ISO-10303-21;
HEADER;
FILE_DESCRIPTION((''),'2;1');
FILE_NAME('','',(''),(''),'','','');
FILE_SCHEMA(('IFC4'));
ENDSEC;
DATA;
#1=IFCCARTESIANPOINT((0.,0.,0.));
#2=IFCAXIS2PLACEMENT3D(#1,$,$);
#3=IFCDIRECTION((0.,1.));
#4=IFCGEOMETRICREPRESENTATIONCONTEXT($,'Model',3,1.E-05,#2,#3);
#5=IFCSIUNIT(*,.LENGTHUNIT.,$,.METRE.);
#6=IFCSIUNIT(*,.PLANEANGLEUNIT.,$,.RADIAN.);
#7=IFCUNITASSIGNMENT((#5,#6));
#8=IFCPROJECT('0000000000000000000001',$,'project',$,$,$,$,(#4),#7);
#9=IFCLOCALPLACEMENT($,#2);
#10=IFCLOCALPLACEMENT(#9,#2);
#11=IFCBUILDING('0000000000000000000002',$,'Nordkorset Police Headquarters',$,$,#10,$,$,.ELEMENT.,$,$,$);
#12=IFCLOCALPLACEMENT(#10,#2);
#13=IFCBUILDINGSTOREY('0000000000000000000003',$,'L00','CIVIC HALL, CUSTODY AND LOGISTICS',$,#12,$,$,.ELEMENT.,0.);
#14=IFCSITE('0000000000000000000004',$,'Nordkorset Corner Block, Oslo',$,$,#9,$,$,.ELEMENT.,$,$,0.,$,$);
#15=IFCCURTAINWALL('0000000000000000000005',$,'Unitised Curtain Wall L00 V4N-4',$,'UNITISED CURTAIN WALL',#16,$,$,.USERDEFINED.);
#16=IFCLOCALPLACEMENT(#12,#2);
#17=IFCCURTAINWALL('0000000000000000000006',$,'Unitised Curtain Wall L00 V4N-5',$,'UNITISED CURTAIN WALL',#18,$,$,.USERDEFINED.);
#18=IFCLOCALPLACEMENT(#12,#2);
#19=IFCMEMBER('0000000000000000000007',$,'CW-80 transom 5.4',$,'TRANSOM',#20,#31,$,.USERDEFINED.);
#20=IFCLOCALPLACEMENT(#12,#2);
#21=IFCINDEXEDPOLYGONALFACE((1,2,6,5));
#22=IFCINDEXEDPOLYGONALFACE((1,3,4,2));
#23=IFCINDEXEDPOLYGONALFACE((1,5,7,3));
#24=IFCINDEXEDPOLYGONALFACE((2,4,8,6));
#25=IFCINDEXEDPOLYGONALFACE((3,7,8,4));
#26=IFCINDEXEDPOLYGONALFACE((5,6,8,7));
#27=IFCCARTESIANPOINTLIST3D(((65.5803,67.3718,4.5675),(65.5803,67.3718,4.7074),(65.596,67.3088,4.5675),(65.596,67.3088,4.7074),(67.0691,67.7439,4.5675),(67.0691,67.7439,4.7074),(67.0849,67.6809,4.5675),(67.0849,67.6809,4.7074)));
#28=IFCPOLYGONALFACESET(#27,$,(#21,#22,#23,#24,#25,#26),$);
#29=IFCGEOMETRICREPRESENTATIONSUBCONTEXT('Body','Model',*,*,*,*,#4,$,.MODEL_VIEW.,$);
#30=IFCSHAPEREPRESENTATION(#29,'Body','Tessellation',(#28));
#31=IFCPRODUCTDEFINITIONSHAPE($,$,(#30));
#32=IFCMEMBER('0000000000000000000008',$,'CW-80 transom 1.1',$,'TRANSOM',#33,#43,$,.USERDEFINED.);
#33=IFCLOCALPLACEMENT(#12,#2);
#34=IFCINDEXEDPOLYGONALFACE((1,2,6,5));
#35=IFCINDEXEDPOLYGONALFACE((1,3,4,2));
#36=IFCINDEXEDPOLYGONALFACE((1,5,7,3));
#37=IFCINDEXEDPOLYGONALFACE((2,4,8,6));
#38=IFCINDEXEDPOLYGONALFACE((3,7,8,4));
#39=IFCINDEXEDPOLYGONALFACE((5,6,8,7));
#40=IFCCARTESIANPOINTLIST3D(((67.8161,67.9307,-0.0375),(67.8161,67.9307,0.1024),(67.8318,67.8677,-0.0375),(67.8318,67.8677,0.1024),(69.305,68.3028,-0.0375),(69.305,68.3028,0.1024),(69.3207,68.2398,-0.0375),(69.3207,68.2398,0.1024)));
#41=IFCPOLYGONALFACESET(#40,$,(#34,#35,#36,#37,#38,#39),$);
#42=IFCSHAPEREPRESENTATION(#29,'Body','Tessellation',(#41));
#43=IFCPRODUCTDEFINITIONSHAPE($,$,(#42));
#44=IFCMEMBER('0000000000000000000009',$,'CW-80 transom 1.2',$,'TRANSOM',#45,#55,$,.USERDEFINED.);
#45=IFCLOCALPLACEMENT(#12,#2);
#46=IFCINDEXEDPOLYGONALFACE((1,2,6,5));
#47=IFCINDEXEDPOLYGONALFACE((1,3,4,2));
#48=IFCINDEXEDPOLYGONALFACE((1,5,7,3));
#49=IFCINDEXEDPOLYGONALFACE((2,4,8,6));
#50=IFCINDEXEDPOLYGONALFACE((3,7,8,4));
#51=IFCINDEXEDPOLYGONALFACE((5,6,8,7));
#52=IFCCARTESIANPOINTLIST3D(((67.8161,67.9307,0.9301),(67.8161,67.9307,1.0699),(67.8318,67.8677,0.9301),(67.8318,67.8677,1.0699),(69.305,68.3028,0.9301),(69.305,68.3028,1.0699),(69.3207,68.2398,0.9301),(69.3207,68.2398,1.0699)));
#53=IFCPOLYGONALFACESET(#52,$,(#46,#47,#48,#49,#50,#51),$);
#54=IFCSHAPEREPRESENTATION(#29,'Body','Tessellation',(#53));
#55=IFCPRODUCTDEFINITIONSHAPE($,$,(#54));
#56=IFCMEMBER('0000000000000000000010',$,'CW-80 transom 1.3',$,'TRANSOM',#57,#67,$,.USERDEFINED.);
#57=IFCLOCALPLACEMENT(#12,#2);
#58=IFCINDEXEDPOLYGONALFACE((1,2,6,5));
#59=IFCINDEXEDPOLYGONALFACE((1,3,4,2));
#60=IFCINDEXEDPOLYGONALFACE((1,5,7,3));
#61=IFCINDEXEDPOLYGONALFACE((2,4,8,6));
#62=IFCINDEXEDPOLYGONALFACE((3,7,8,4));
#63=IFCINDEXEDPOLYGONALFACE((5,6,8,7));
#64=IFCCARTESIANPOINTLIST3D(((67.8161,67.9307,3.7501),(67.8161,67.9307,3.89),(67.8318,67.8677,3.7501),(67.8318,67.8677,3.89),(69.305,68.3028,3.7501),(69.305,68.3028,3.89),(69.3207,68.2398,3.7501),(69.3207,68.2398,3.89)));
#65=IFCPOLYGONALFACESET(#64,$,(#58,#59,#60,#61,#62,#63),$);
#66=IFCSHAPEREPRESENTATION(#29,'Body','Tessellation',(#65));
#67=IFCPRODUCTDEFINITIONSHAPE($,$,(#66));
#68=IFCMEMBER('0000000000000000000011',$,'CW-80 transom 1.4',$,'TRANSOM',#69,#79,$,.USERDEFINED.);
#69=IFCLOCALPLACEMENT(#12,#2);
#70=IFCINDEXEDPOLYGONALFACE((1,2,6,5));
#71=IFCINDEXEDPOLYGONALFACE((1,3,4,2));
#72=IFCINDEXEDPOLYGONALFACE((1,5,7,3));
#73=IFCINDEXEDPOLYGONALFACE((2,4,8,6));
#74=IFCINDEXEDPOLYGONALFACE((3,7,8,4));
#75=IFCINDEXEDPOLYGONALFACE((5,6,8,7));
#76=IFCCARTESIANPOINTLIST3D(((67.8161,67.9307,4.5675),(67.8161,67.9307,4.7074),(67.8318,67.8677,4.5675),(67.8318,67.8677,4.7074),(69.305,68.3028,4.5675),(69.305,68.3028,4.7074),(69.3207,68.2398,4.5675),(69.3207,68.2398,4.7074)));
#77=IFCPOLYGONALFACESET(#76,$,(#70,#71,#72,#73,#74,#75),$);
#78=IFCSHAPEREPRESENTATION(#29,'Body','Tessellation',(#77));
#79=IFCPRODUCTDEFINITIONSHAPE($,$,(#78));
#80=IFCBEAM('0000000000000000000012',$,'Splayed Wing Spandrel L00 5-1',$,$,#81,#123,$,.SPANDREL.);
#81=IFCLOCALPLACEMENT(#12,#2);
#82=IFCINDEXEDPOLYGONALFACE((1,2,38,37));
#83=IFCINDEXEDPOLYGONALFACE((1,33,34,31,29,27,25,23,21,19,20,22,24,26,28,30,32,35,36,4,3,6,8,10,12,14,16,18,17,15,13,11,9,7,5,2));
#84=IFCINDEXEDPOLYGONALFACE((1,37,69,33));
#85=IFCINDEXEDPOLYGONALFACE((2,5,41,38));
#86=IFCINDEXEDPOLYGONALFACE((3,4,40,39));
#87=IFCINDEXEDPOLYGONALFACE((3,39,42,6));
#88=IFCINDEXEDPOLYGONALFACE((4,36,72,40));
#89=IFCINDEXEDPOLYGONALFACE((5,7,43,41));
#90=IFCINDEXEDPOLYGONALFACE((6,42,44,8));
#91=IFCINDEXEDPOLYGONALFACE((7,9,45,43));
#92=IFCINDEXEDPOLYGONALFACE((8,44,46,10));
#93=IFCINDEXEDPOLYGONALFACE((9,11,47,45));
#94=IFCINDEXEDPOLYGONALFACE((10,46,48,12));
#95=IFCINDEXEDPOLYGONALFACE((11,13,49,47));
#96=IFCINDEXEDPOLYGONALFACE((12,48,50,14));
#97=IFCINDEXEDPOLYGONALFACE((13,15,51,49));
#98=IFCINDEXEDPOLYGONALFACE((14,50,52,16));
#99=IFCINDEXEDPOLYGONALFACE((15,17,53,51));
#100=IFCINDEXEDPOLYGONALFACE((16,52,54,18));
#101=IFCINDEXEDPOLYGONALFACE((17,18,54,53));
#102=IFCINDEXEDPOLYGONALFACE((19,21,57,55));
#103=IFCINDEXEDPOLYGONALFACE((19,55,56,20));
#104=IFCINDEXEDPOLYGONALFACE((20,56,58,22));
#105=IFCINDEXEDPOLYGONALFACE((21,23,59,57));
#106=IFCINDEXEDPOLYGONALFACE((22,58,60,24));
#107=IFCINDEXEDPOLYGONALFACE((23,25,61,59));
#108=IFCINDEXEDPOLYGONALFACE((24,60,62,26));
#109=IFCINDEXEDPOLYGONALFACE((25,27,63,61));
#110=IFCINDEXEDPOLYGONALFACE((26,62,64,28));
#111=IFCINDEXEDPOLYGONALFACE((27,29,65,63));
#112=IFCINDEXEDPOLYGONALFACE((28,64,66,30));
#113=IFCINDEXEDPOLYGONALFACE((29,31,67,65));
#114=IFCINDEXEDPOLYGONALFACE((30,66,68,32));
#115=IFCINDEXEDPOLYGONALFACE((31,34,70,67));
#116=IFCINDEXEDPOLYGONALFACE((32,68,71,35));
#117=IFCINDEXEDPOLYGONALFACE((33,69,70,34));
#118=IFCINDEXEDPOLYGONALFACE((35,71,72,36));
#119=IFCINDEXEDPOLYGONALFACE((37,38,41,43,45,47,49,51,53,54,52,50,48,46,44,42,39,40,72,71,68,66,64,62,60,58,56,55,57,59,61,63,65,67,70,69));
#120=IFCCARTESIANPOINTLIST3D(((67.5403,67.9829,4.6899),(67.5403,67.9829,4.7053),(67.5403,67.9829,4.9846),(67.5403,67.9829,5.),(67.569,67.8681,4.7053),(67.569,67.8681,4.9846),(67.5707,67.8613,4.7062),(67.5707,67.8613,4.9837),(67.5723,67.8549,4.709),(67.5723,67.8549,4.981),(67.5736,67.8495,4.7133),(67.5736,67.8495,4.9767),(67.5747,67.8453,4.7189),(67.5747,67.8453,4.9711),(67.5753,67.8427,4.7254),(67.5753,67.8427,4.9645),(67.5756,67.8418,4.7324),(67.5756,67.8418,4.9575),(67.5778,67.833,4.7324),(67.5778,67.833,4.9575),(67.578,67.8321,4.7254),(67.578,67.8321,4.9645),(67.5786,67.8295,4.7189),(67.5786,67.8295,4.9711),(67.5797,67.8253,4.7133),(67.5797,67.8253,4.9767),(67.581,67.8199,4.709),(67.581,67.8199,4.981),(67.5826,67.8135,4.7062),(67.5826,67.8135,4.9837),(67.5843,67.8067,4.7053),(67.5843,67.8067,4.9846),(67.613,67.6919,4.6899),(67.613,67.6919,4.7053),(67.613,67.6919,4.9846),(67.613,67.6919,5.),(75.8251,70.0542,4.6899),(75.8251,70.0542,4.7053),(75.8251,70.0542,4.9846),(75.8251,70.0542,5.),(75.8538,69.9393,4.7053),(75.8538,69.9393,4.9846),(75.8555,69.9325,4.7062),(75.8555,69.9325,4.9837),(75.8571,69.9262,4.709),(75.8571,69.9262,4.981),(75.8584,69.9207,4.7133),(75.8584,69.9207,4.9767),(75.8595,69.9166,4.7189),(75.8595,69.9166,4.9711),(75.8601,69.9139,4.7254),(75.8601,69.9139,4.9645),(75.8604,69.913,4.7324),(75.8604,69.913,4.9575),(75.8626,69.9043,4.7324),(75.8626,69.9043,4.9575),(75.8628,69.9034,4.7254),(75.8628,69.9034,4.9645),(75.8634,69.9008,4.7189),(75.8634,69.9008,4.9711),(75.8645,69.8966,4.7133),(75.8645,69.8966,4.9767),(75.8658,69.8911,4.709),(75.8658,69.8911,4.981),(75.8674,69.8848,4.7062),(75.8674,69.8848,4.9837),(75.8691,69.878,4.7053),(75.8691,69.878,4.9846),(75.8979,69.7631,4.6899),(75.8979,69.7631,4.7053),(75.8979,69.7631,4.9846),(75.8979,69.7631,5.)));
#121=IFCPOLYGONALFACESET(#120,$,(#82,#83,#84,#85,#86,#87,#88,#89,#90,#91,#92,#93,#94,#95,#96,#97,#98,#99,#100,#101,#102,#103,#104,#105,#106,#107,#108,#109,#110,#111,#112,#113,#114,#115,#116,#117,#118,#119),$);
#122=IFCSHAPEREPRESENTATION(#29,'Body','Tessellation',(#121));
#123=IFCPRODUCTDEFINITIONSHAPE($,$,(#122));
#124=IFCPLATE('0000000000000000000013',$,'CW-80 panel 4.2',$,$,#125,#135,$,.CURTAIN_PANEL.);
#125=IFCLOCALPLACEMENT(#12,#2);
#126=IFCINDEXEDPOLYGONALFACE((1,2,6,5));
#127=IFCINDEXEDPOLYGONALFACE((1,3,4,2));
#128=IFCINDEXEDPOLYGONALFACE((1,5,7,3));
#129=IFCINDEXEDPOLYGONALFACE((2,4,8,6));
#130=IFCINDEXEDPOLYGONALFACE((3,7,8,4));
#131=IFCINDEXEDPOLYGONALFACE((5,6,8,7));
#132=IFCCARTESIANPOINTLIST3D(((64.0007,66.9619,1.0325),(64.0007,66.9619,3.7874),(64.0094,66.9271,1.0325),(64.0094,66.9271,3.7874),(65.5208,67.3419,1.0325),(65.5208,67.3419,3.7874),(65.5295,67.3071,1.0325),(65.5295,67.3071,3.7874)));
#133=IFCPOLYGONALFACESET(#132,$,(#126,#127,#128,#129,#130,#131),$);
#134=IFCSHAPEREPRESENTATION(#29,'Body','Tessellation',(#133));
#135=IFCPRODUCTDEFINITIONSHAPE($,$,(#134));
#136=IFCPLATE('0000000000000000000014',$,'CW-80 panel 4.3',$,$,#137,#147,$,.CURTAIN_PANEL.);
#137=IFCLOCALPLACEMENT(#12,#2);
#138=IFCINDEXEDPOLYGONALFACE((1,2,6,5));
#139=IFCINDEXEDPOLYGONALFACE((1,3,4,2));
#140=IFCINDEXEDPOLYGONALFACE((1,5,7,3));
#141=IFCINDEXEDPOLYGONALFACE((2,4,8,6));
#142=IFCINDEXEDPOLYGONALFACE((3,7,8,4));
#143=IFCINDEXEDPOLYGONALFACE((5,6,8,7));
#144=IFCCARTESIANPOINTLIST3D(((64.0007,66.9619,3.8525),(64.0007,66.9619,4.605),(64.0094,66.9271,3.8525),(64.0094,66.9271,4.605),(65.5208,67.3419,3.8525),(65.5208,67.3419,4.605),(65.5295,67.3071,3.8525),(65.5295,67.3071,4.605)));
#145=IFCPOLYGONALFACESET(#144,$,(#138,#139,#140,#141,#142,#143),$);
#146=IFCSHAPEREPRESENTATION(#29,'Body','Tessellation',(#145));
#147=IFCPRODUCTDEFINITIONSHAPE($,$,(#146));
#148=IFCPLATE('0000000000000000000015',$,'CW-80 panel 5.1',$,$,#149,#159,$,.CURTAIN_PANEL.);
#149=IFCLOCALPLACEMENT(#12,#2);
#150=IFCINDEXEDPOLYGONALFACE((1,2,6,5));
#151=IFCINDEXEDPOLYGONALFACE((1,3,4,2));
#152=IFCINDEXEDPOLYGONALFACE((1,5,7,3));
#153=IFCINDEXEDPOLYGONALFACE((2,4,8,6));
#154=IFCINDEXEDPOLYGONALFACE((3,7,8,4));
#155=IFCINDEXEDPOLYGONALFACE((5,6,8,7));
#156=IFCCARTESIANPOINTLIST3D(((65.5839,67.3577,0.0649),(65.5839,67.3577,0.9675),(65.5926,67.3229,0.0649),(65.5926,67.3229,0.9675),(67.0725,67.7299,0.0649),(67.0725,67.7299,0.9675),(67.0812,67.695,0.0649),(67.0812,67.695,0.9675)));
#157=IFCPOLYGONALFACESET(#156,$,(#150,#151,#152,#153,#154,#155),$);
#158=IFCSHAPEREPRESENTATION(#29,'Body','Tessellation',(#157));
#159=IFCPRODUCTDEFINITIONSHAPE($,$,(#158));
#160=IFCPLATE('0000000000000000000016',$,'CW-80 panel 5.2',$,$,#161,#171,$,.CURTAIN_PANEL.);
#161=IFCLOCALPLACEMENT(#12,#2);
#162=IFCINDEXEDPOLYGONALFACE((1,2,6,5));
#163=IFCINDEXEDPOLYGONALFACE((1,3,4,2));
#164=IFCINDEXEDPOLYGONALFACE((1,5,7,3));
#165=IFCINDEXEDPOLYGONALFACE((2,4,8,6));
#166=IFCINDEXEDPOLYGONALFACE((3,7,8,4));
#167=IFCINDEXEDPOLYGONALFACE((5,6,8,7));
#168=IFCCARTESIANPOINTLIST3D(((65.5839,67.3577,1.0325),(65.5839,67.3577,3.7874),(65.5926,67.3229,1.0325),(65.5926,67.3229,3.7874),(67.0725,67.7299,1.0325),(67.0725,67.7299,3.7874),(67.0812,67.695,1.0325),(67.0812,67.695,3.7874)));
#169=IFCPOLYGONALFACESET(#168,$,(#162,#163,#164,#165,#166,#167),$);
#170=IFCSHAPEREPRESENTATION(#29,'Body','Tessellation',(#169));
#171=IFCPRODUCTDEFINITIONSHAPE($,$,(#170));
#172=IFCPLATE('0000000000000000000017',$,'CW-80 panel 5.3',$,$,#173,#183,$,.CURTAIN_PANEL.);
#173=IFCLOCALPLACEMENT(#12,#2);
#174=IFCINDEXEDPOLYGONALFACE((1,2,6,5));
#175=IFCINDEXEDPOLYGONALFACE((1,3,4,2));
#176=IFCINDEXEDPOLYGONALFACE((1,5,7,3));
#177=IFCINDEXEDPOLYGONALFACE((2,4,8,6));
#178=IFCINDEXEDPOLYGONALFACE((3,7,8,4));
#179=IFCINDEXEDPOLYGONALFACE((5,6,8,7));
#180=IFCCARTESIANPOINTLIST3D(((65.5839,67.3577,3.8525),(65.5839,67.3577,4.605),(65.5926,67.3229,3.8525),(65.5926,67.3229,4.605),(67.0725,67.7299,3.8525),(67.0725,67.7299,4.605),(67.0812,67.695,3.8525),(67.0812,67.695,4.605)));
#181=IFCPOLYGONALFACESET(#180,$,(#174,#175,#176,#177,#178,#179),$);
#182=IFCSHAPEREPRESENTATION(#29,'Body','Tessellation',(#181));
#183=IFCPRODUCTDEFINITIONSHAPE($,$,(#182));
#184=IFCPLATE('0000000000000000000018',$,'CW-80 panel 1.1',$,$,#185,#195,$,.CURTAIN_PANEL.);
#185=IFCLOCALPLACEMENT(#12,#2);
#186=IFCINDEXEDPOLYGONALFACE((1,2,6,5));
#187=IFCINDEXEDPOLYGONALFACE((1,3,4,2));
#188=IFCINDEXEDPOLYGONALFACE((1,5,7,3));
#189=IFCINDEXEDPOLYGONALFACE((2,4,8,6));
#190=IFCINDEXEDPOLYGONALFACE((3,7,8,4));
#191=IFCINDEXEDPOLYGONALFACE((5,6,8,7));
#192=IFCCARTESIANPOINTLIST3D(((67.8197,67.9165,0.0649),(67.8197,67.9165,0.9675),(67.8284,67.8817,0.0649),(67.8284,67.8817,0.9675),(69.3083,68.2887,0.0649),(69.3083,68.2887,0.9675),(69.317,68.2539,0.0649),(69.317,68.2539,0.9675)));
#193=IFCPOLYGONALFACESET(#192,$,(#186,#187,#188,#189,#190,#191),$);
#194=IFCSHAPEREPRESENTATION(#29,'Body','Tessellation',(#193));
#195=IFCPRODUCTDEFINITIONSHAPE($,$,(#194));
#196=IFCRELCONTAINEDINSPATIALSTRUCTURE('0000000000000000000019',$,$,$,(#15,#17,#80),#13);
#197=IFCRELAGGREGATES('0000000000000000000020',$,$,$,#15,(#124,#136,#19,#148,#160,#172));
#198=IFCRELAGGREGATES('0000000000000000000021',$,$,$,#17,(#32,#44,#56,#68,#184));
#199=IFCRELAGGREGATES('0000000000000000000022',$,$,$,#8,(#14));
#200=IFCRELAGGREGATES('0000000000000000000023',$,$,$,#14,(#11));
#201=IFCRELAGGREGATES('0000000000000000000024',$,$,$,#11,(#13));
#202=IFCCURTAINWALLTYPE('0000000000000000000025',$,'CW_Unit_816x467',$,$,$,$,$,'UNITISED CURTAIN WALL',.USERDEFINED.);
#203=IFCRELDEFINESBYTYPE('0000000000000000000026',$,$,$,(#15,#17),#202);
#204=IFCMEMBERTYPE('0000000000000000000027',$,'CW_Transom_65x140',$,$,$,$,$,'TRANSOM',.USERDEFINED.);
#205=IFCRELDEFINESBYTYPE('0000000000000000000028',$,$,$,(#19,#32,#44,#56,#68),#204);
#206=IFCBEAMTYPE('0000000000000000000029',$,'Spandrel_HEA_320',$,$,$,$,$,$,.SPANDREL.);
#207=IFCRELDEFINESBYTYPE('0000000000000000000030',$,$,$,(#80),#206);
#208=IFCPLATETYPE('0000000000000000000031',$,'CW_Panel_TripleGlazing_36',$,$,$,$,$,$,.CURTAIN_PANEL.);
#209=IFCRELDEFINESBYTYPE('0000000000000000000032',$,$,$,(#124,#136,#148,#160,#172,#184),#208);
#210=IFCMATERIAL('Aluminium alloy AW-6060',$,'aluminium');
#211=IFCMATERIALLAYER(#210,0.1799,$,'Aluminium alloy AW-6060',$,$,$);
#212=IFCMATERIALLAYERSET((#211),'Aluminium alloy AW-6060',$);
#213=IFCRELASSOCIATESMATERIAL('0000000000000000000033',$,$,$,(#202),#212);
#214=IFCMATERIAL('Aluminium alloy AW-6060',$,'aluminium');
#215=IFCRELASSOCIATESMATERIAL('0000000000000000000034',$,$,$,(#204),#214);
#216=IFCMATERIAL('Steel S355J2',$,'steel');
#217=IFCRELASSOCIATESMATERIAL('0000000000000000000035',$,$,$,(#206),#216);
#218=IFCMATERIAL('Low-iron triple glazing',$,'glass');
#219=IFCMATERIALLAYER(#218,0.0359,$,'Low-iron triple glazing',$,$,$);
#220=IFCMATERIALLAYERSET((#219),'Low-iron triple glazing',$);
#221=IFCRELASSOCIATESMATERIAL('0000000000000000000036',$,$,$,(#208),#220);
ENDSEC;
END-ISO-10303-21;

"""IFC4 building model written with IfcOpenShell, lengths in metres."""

from ifc_helpers import new_model, si_unit, direction, frame, origin, origin_2d, place, context, subcontext, project, spatial, rectangle, i_section, extrude, material, layer, layer_set, material_profile, profile_set, type_object, element, aggregate, save


model = new_model("IFC4")

# Units and contexts
model_context = context("Model", 3, precision=1e-05, world=origin(), true_north=direction((0.0, 1.0)))
body_context = subcontext(model_context, "Body", "Model", "MODEL_VIEW")
ifc_project = project(units=[si_unit("LENGTHUNIT", "METRE"), si_unit("PLANEANGLEUNIT", "RADIAN")], contexts=[model_context])

# Site, building, storey
site_placement = place(None, origin())
site = spatial("IfcSite", under=ifc_project, at=site_placement, Name="Nordkorset Corner Block, Oslo", CompositionType="ELEMENT", RefElevation=0.0)
building_placement = place(site_placement, origin())
building = spatial("IfcBuilding", under=site, at=building_placement, Name="Nordkorset Police Headquarters", CompositionType="ELEMENT")
storey_placement = place(building_placement, origin())
storey = spatial("IfcBuildingStorey", under=building, at=storey_placement, Name="L00", Description="CIVIC HALL, CUSTODY AND LOGISTICS", CompositionType="ELEMENT", Elevation=0.0)

# Curtain walls
ifc_material_1 = material(Name="Aluminium alloy AW-6060", Category="aluminium")
ifc_layer_1 = layer(ifc_material_1, 0.1799, Name="Aluminium alloy AW-6060")
ifc_layer_set_1 = layer_set([ifc_layer_1], Name="Aluminium alloy AW-6060")
curtain_wall_type = type_object("IfcCurtainWallType", Name="CW_Unit_816x467", ElementType="UNITISED CURTAIN WALL", PredefinedType="USERDEFINED", material=ifc_layer_set_1)
curtain_wall_1_placement = place(storey_placement, origin())
curtain_wall_1 = element("IfcCurtainWall", 1, at=curtain_wall_1_placement, inside=storey, type_object=curtain_wall_type, Name="Unitised Curtain Wall L00 V4N-4", ObjectType="UNITISED CURTAIN WALL", PredefinedType="USERDEFINED")
curtain_wall_2_placement = place(storey_placement, origin())
curtain_wall_2 = element("IfcCurtainWall", 2, at=curtain_wall_2_placement, inside=storey, type_object=curtain_wall_type, Name="Unitised Curtain Wall L00 V4N-5", ObjectType="UNITISED CURTAIN WALL", PredefinedType="USERDEFINED")

# Members
ifc_material_2 = material(Name="Aluminium alloy AW-6060", Category="aluminium")
ifc_material_profile_1 = material_profile(ifc_material_2, rectangle(XDim=0.0649, YDim=0.1399, at=origin_2d()), Name="ALU TRAN 65x140")
ifc_profile_set_1 = profile_set([ifc_material_profile_1], Name="Aluminium alloy AW-6060")
member_type_1 = type_object("IfcMemberType", Name="CW_Transom_65x140", ElementType="TRANSOM", PredefinedType="USERDEFINED", material=ifc_profile_set_1)
member_1_placement = place(storey_placement, frame((65.5881, 67.3403, 4.6375), z_axis=(0.970161, 0.242461, 0.0), x_axis=(-0.242461, 0.970161, 0.0)))
member_1 = element("IfcMember", 3, at=member_1_placement, type_object=member_type_1, Name="CW-80 transom 5.4", ObjectType="TRANSOM", PredefinedType="USERDEFINED", context=body_context, shape_type="SweptSolid", body=[
    extrude(rectangle(XDim=0.0649, YDim=0.1399, at=origin_2d()), origin(), (0.0, 0.0, 1.0), 1.5347),
])
member_2_placement = place(storey_placement, frame((67.824, 67.8992, 0.0325), z_axis=(0.970161, 0.242461, 0.0), x_axis=(-0.242461, 0.970161, 0.0)))
member_2 = element("IfcMember", 4, at=member_2_placement, type_object=member_type_1, Name="CW-80 transom 1.1", ObjectType="TRANSOM", PredefinedType="USERDEFINED", context=body_context, shape_type="SweptSolid", body=[
    extrude(rectangle(XDim=0.0649, YDim=0.1399, at=origin_2d()), origin(), (0.0, 0.0, 1.0), 1.5347),
])
member_3_placement = place(storey_placement, frame((67.824, 67.8992, 1.0), z_axis=(0.970161, 0.242461, 0.0), x_axis=(-0.242461, 0.970161, 0.0)))
member_3 = element("IfcMember", 5, at=member_3_placement, type_object=member_type_1, Name="CW-80 transom 1.2", ObjectType="TRANSOM", PredefinedType="USERDEFINED", context=body_context, shape_type="SweptSolid", body=[
    extrude(rectangle(XDim=0.0649, YDim=0.1399, at=origin_2d()), origin(), (0.0, 0.0, 1.0), 1.5347),
])
member_4_placement = place(storey_placement, frame((67.824, 67.8992, 3.8201), z_axis=(0.970161, 0.242461, 0.0), x_axis=(-0.242461, 0.970161, 0.0)))
member_4 = element("IfcMember", 6, at=member_4_placement, type_object=member_type_1, Name="CW-80 transom 1.3", ObjectType="TRANSOM", PredefinedType="USERDEFINED", context=body_context, shape_type="SweptSolid", body=[
    extrude(rectangle(XDim=0.0649, YDim=0.1399, at=origin_2d()), origin(), (0.0, 0.0, 1.0), 1.5347),
])
member_5_placement = place(storey_placement, frame((67.824, 67.8992, 4.6375), z_axis=(0.970161, 0.242461, 0.0), x_axis=(-0.242461, 0.970161, 0.0)))
member_5 = element("IfcMember", 7, at=member_5_placement, type_object=member_type_1, Name="CW-80 transom 1.4", ObjectType="TRANSOM", PredefinedType="USERDEFINED", context=body_context, shape_type="SweptSolid", body=[
    extrude(rectangle(XDim=0.0649, YDim=0.1399, at=origin_2d()), origin(), (0.0, 0.0, 1.0), 1.5347),
])

# Beam
ifc_material_3 = material(Name="Steel S355J2", Category="steel")
ifc_material_profile_2 = material_profile(ifc_material_3, i_section(OverallWidth=0.3, OverallDepth=0.3101, WebThickness=0.009, FlangeThickness=0.0154, FilletRadius=0.0271, at=origin_2d()), Name="HEA 320")
ifc_profile_set_2 = profile_set([ifc_material_profile_2], Name="Steel S355J2")
beam_type_1 = type_object("IfcBeamType", Name="Spandrel_HEA_320", PredefinedType="SPANDREL", material=ifc_profile_set_2)
beam_1_placement = place(storey_placement, frame((67.5767, 67.8374, 4.845), z_axis=(0.970141, 0.242542, 0.0), x_axis=(-0.242542, 0.970141, 0.0)))
element("IfcBeam", 8, at=beam_1_placement, inside=storey, type_object=beam_type_1, Name="Splayed Wing Spandrel L00 5-1", PredefinedType="SPANDREL", context=body_context, shape_type="SweptSolid", body=[
    extrude(i_section(OverallWidth=0.3, OverallDepth=0.3101, WebThickness=0.009, FlangeThickness=0.0154, FilletRadius=0.0271, at=origin_2d()), origin(), (0.0, 0.0, 1.0), 8.5398),
])

# Plates
ifc_material_4 = material(Name="Low-iron triple glazing", Category="glass")
ifc_layer_2 = layer(ifc_material_4, 0.0359, Name="Low-iron triple glazing")
ifc_layer_set_2 = layer_set([ifc_layer_2], Name="Low-iron triple glazing")
plate_type = type_object("IfcPlateType", Name="CW_Panel_TripleGlazing_36", PredefinedType="CURTAIN_PANEL", material=ifc_layer_set_2)
plate_1_placement = place(storey_placement, frame((64.7651, 67.1345, 1.0325), z_axis=(0.0, 0.0, 1.0), x_axis=(0.970143, 0.242535, 0.0)))
plate_1 = element("IfcPlate", 9, at=plate_1_placement, type_object=plate_type, Name="CW-80 panel 4.2", PredefinedType="CURTAIN_PANEL", context=body_context, shape_type="SweptSolid", body=[
    extrude(rectangle(XDim=1.5669, YDim=0.0359, at=origin_2d()), origin(), (0.0, 0.0, 1.0), 2.7549),
])
plate_2_placement = place(storey_placement, frame((64.7651, 67.1345, 3.8525), z_axis=(0.0, 0.0, 1.0), x_axis=(0.970143, 0.242535, 0.0)))
plate_2 = element("IfcPlate", 10, at=plate_2_placement, type_object=plate_type, Name="CW-80 panel 4.3", PredefinedType="CURTAIN_PANEL", context=body_context, shape_type="SweptSolid", body=[
    extrude(rectangle(XDim=1.5669, YDim=0.0359, at=origin_2d()), origin(), (0.0, 0.0, 1.0), 0.7524),
])
plate_3_placement = place(storey_placement, frame((66.3325, 67.5264, 0.0649), z_axis=(0.0, 0.0, 1.0), x_axis=(0.970143, 0.242535, 0.0)))
plate_3 = element("IfcPlate", 11, at=plate_3_placement, type_object=plate_type, Name="CW-80 panel 5.1", PredefinedType="CURTAIN_PANEL", context=body_context, shape_type="SweptSolid", body=[
    extrude(rectangle(XDim=1.5344, YDim=0.0359, at=origin_2d()), origin(), (0.0, 0.0, 1.0), 0.9026),
])
plate_4_placement = place(storey_placement, frame((66.3325, 67.5264, 1.0325), z_axis=(0.0, 0.0, 1.0), x_axis=(0.970143, 0.242535, 0.0)))
plate_4 = element("IfcPlate", 12, at=plate_4_placement, type_object=plate_type, Name="CW-80 panel 5.2", PredefinedType="CURTAIN_PANEL", context=body_context, shape_type="SweptSolid", body=[
    extrude(rectangle(XDim=1.5344, YDim=0.0359, at=origin_2d()), origin(), (0.0, 0.0, 1.0), 2.7549),
])
plate_5_placement = place(storey_placement, frame((66.3325, 67.5264, 3.8525), z_axis=(0.0, 0.0, 1.0), x_axis=(0.970143, 0.242535, 0.0)))
plate_5 = element("IfcPlate", 13, at=plate_5_placement, type_object=plate_type, Name="CW-80 panel 5.3", PredefinedType="CURTAIN_PANEL", context=body_context, shape_type="SweptSolid", body=[
    extrude(rectangle(XDim=1.5344, YDim=0.0359, at=origin_2d()), origin(), (0.0, 0.0, 1.0), 0.7524),
])
aggregate(curtain_wall_1, [plate_1, plate_2, member_1, plate_3, plate_4, plate_5])
plate_6_placement = place(storey_placement, frame((68.5684, 68.0852, 0.0649), z_axis=(0.0, 0.0, 1.0), x_axis=(0.970143, 0.242536, 0.0)))
plate_6 = element("IfcPlate", 14, at=plate_6_placement, type_object=plate_type, Name="CW-80 panel 1.1", PredefinedType="CURTAIN_PANEL", context=body_context, shape_type="SweptSolid", body=[
    extrude(rectangle(XDim=1.5344, YDim=0.0359, at=origin_2d()), origin(), (0.0, 0.0, 1.0), 0.9026),
])
aggregate(curtain_wall_2, [member_2, member_3, member_4, member_5, plate_6])

save(model, "model.ifc")
